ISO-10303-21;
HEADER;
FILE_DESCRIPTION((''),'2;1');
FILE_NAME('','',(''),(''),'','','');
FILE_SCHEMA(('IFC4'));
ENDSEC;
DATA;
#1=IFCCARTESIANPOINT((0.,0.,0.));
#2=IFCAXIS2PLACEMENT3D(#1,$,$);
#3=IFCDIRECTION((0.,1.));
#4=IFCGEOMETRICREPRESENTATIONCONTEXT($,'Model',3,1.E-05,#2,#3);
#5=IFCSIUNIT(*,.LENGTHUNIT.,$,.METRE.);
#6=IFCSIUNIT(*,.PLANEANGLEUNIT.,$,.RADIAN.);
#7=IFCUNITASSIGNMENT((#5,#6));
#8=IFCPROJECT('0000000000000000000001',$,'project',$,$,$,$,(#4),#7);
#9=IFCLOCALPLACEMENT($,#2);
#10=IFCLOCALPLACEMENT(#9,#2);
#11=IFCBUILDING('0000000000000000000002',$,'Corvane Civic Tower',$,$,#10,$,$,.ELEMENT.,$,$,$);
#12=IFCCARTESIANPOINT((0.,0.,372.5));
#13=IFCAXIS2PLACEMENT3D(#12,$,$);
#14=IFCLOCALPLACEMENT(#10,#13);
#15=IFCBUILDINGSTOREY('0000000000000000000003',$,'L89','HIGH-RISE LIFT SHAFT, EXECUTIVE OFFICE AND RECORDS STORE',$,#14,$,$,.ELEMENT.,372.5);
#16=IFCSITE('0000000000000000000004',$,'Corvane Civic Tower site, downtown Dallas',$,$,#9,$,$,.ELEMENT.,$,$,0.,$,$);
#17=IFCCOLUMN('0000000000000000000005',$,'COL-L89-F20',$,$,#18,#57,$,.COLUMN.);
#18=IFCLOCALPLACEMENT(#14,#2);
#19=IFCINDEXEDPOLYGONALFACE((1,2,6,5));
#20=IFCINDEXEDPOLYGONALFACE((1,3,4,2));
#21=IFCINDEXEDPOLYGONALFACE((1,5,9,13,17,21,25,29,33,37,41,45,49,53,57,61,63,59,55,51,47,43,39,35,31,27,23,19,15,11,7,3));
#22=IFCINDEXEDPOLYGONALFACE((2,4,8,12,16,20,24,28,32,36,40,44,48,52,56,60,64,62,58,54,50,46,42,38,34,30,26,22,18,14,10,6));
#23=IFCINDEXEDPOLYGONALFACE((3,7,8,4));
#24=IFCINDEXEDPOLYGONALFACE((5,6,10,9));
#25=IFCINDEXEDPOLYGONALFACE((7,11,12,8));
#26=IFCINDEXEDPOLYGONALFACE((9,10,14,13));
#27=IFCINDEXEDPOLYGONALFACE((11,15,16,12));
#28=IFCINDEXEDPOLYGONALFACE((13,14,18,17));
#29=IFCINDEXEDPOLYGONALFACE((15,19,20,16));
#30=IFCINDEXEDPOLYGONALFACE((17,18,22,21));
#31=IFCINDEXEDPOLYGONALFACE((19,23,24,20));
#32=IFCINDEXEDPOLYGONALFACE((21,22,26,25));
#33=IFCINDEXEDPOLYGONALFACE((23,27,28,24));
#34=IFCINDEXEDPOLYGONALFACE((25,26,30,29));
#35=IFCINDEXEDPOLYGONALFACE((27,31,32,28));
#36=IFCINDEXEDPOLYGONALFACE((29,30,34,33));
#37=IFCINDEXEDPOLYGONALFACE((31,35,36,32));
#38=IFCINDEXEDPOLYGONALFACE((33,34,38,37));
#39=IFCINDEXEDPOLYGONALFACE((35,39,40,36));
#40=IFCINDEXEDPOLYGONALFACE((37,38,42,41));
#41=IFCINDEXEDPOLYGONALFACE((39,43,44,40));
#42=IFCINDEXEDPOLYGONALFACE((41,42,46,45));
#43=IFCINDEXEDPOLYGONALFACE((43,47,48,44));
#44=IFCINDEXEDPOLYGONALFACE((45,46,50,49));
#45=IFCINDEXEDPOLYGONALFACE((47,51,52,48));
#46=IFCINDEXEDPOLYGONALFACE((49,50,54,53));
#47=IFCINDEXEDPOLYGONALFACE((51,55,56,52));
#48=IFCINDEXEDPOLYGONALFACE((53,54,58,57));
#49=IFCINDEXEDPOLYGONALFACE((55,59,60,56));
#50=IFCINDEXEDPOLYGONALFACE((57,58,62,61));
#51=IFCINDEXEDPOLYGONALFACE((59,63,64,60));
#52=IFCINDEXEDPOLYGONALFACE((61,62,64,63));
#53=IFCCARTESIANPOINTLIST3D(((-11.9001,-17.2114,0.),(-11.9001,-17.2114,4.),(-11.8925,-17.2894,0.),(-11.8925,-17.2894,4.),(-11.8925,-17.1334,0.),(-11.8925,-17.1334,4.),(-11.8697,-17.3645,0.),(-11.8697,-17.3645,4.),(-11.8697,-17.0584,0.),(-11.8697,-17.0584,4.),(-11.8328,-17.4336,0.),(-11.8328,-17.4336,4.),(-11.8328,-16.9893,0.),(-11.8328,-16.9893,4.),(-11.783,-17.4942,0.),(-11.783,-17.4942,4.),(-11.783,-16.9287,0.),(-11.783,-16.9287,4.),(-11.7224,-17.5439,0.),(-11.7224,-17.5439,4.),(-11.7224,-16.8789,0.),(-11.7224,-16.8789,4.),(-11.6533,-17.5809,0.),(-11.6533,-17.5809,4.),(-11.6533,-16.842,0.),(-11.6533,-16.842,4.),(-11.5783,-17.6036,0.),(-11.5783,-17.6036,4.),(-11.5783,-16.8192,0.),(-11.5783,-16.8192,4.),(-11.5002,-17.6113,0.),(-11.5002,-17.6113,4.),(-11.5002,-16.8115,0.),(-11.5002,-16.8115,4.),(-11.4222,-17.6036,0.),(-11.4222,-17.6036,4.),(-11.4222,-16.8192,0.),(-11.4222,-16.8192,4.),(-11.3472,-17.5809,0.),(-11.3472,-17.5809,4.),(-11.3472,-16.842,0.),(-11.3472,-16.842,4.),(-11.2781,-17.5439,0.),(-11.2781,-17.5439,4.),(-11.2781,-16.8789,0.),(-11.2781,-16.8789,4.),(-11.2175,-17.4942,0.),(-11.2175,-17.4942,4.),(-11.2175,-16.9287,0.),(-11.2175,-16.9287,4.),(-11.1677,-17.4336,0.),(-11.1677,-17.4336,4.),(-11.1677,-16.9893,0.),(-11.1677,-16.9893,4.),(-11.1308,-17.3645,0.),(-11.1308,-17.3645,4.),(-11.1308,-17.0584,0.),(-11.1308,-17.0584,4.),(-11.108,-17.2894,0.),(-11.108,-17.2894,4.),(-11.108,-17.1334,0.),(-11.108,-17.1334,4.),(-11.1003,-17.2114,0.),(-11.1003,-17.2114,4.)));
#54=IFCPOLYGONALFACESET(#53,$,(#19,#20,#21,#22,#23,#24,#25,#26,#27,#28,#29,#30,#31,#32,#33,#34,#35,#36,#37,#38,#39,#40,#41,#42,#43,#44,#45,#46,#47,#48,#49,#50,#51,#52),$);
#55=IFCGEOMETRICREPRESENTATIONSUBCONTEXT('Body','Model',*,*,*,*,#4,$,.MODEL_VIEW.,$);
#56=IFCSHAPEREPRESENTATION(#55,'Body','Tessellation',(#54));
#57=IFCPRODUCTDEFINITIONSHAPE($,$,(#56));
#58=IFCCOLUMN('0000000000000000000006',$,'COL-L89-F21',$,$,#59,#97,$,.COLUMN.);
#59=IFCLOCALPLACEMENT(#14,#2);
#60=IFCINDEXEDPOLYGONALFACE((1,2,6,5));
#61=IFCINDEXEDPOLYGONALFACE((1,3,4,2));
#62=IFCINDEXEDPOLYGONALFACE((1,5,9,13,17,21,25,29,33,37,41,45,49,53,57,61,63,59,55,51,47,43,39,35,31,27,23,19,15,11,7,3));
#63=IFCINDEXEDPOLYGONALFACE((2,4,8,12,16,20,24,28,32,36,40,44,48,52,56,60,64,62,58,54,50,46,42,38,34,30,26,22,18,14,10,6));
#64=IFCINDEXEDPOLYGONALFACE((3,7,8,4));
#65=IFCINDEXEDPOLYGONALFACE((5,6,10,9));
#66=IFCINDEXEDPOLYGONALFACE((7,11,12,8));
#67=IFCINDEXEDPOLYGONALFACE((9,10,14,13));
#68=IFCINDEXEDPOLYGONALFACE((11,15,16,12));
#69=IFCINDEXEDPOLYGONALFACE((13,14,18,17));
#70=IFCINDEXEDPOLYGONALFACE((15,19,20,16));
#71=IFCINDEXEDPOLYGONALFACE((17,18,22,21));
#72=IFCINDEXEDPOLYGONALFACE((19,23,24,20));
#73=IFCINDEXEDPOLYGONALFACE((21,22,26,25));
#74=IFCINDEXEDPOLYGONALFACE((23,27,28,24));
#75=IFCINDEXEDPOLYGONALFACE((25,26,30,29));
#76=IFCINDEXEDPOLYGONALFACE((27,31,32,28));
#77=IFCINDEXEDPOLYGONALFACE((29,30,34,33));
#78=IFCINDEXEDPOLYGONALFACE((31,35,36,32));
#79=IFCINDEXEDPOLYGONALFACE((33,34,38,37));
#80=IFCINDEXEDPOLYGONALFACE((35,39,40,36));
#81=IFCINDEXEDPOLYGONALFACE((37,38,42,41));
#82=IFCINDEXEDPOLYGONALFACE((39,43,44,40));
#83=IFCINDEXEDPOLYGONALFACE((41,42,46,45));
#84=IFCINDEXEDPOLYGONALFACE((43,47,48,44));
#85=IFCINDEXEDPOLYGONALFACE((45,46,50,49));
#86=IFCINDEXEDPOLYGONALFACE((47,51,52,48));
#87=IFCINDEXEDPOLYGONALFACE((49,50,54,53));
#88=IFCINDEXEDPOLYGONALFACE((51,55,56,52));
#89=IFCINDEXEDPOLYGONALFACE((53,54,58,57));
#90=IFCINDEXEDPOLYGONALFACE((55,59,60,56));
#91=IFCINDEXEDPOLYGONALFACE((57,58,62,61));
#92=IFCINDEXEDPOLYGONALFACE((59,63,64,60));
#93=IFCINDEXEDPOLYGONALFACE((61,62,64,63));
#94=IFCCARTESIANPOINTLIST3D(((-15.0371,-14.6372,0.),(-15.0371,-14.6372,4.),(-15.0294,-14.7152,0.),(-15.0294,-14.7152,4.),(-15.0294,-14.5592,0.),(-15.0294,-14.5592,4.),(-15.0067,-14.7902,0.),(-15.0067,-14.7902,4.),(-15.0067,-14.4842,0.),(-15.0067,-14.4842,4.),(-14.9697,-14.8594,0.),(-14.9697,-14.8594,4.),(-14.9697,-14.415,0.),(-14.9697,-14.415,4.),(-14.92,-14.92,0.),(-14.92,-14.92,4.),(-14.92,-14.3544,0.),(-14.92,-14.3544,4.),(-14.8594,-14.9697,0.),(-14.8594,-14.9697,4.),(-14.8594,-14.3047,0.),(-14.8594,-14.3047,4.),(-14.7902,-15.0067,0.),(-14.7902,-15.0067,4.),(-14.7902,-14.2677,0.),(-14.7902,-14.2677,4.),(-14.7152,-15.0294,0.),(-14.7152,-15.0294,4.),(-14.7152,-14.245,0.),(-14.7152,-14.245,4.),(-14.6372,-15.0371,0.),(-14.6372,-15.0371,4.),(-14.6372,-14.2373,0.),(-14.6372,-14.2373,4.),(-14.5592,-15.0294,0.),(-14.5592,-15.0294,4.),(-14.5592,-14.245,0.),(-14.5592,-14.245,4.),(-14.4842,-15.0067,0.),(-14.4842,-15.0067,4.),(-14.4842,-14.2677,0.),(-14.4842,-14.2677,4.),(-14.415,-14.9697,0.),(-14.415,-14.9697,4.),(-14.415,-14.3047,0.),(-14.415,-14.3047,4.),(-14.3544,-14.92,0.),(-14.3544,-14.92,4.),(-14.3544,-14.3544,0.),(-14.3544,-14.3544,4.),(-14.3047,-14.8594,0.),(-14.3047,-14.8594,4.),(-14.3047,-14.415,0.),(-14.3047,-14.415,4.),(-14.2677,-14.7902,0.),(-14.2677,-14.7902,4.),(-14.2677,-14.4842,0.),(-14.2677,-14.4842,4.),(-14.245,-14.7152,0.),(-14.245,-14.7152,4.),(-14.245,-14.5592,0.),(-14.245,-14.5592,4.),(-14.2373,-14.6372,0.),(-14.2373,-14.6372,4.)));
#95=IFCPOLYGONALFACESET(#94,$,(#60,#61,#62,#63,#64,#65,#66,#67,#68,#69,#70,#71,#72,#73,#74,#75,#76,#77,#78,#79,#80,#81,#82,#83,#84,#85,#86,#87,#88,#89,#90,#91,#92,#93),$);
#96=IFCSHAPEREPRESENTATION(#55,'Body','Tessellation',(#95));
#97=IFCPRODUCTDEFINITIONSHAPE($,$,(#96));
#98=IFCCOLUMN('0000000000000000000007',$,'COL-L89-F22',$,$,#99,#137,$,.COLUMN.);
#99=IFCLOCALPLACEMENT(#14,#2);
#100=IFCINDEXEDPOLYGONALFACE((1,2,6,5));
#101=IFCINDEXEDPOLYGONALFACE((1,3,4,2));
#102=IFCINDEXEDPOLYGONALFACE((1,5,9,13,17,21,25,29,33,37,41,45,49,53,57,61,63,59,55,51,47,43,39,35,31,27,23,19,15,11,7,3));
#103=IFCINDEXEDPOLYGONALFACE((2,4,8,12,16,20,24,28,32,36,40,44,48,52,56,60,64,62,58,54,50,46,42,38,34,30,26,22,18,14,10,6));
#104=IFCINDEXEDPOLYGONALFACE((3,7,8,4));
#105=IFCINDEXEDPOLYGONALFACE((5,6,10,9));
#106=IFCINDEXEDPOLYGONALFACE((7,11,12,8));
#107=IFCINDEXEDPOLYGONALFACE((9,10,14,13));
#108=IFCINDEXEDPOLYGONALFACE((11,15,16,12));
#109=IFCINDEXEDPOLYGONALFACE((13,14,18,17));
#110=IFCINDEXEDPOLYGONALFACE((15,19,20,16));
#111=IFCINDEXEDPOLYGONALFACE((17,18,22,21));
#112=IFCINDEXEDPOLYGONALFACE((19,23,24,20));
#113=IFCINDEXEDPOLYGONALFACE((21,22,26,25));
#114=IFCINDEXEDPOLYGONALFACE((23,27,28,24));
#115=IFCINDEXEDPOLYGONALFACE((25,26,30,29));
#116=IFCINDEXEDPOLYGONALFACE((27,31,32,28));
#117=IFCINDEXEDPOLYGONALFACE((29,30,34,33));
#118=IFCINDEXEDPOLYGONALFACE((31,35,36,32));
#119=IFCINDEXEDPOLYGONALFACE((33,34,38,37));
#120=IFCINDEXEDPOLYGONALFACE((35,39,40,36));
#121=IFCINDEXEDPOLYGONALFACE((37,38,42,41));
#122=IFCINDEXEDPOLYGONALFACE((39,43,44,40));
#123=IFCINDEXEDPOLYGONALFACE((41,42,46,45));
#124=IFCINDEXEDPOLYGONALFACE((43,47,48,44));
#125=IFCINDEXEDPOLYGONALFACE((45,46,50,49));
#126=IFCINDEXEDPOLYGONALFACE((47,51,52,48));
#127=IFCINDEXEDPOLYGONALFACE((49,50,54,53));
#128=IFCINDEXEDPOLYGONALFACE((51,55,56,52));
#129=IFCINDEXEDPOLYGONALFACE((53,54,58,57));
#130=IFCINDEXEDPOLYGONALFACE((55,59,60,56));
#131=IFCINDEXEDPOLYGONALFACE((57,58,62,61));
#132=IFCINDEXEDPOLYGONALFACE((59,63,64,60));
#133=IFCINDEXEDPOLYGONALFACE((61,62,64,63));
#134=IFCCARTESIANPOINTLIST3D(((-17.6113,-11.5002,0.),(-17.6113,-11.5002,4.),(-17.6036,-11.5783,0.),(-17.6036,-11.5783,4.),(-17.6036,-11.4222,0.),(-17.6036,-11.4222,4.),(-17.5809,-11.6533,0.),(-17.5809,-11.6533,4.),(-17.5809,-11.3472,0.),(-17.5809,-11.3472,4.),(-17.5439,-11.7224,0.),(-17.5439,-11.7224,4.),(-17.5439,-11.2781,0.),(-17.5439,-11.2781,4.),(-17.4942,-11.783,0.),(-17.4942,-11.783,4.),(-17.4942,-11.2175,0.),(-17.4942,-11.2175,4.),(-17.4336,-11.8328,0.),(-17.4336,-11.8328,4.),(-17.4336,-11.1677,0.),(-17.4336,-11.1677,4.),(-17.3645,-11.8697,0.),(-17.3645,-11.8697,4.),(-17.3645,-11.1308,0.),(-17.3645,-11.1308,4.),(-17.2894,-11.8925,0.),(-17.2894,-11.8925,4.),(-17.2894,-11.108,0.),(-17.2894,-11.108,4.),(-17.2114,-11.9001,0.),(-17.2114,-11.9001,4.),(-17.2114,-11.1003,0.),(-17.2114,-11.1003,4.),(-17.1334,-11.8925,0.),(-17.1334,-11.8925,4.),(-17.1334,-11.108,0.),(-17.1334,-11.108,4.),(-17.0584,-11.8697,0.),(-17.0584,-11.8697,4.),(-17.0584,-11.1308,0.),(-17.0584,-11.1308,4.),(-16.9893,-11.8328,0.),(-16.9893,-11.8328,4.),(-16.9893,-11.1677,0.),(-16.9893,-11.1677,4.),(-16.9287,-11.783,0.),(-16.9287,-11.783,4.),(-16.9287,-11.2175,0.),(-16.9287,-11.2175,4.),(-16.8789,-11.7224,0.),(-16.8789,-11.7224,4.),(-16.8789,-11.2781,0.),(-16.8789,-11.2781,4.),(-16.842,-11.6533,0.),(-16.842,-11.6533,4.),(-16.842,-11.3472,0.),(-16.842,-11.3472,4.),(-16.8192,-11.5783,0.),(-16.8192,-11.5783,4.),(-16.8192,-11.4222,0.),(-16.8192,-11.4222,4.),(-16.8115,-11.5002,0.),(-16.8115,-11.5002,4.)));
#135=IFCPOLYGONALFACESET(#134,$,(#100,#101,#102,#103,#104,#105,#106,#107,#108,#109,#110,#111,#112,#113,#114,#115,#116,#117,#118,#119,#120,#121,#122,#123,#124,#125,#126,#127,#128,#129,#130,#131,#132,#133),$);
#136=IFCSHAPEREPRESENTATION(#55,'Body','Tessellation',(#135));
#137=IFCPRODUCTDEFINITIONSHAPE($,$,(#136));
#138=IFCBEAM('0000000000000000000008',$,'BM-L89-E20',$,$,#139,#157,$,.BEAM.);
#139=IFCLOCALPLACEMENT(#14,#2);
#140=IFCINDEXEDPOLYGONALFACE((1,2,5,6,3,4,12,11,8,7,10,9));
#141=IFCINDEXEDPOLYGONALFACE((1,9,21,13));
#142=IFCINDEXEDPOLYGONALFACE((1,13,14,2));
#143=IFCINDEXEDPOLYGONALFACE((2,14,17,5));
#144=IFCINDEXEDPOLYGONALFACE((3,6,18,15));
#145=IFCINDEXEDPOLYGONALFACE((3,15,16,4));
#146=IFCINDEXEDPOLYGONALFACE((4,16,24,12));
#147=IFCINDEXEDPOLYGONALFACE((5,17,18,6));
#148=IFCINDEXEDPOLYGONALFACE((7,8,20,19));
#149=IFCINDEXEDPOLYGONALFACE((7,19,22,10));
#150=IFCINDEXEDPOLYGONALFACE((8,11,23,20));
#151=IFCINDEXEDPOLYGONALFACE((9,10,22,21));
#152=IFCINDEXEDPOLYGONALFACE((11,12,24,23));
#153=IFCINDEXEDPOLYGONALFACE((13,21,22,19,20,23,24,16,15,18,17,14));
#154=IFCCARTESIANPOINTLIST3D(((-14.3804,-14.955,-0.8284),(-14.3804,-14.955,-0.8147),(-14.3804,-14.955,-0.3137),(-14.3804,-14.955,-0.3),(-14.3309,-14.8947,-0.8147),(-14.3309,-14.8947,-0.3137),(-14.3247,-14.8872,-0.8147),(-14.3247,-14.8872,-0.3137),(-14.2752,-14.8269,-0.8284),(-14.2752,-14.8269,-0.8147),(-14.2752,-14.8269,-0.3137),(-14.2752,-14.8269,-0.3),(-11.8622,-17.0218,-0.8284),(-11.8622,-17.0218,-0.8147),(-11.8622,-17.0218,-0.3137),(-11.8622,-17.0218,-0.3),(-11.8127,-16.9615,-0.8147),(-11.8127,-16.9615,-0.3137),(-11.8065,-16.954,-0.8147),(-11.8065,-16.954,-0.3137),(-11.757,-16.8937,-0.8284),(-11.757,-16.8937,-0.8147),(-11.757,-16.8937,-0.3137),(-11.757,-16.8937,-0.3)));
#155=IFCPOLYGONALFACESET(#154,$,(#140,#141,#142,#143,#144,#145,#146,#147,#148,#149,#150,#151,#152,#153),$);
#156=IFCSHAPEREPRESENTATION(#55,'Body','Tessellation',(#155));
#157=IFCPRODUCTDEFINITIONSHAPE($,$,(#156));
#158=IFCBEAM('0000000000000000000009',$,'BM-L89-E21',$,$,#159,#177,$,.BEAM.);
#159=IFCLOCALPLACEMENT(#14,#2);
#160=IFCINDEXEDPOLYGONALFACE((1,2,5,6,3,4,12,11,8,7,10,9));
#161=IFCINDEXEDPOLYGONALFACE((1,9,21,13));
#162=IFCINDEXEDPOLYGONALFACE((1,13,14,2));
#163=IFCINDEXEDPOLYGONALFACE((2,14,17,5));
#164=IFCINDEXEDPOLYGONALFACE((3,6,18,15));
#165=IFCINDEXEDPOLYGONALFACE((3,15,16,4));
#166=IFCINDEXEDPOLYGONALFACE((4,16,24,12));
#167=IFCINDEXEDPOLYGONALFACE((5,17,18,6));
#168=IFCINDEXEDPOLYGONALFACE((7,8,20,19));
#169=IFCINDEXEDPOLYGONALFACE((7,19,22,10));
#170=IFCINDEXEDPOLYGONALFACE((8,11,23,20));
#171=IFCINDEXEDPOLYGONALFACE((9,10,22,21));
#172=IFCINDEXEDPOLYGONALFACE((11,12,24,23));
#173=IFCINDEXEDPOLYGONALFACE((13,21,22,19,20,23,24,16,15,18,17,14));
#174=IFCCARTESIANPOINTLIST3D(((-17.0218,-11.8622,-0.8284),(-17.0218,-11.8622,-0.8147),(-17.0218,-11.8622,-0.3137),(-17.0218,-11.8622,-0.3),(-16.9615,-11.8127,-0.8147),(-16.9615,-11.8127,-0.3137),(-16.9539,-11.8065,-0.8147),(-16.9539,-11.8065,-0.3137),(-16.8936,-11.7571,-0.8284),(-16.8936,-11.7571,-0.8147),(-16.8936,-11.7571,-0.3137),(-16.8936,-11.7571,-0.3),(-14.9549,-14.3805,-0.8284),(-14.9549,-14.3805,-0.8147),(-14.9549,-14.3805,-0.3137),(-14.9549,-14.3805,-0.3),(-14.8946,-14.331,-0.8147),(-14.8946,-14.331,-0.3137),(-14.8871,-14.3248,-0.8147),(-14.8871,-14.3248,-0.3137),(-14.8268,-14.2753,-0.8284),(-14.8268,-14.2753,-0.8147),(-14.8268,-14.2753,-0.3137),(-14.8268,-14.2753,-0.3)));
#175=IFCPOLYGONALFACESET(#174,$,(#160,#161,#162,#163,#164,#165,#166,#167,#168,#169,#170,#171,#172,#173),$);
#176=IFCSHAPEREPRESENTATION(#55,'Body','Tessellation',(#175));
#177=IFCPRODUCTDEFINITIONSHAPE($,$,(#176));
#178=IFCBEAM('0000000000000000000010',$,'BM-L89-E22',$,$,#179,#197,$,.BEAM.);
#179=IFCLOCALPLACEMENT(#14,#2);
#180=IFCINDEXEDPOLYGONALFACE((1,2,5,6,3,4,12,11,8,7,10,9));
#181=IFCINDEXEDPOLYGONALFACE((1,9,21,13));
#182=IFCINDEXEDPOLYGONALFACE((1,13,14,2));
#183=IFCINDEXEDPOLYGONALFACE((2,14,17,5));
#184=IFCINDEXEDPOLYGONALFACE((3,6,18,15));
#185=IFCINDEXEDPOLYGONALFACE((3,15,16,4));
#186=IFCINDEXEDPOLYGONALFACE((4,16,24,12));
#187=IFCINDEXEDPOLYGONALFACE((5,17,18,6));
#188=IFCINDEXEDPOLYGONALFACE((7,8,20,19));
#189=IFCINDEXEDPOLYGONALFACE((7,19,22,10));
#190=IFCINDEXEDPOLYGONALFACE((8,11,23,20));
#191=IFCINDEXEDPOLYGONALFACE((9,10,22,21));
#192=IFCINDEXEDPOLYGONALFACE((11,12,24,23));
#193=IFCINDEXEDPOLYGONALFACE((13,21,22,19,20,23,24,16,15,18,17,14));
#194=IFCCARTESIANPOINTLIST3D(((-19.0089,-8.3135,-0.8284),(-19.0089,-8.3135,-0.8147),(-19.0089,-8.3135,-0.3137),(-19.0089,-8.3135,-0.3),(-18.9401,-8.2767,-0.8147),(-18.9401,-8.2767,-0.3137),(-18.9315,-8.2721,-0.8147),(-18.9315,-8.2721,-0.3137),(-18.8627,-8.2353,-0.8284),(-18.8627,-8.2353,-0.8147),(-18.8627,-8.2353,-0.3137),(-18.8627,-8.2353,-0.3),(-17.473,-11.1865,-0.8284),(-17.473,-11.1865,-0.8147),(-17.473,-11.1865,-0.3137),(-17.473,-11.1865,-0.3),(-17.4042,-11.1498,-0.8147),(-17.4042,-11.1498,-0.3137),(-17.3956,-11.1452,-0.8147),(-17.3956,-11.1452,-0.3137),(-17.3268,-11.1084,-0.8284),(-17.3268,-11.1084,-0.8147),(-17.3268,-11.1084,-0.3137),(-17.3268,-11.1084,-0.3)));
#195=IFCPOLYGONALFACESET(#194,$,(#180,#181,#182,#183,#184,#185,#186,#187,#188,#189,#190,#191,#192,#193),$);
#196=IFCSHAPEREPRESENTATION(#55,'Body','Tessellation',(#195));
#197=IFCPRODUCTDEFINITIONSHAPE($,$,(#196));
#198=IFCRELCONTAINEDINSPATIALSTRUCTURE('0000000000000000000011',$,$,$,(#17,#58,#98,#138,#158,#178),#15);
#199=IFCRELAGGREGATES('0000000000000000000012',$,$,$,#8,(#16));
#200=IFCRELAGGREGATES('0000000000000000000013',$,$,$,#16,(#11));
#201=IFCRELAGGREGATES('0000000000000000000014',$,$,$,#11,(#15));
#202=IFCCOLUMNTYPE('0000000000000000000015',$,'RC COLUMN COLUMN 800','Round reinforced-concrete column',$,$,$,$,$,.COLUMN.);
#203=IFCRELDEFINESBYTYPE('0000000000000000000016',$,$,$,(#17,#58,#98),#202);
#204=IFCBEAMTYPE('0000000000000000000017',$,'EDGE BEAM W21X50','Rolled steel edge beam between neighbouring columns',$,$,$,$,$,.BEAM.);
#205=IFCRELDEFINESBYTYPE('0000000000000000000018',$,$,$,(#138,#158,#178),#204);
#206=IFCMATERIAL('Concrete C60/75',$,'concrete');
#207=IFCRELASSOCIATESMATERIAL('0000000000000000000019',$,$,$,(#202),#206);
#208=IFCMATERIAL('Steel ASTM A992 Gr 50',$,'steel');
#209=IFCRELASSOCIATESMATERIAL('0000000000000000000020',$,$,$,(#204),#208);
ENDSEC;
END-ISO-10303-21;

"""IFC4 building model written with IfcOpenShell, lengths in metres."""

from ifc_helpers import new_model, si_unit, direction, frame, origin, origin_2d, place, context, subcontext, project, spatial, circle, i_section, extrude, material, material_profile, profile_set, type_object, element, save


model = new_model("IFC4")

# Units and contexts
model_context = context("Model", 3, precision=1e-05, world=origin(), true_north=direction((0.0, 1.0)))
body_context = subcontext(model_context, "Body", "Model", "MODEL_VIEW")
ifc_project = project(units=[si_unit("LENGTHUNIT", "METRE"), si_unit("PLANEANGLEUNIT", "RADIAN")], contexts=[model_context])

# Site, building, storey
site_placement = place(None, origin())
site = spatial("IfcSite", under=ifc_project, at=site_placement, Name="Corvane Civic Tower site, downtown Dallas", CompositionType="ELEMENT", RefElevation=0.0)
building_placement = place(site_placement, origin())
building = spatial("IfcBuilding", under=site, at=building_placement, Name="Corvane Civic Tower", CompositionType="ELEMENT")
storey_placement = place(building_placement, frame((0.0, 0.0, 372.5)))
storey = spatial("IfcBuildingStorey", under=building, at=storey_placement, Name="L89", Description="HIGH-RISE LIFT SHAFT, EXECUTIVE OFFICE AND RECORDS STORE", CompositionType="ELEMENT", Elevation=372.5)

# Columns
ifc_material_1 = material(Name="Concrete C60/75", Category="concrete")
ifc_material_profile_1 = material_profile(ifc_material_1, circle(Radius=0.3999, at=origin_2d()), Name="COLUMN 800")
ifc_profile_set_1 = profile_set([ifc_material_profile_1], Name="Concrete C60/75")
column_type = type_object("IfcColumnType", Name="RC COLUMN COLUMN 800", Description="Round reinforced-concrete column", PredefinedType="COLUMN", material=ifc_profile_set_1)
for number, where, z_axis, x_axis, name in (
    (1, (-11.5002, -17.2114, 0.0), (0.0, 0.0, 1.0), (1.0, 0.0, 0.0), "COL-L89-F20"),
    (2, (-14.6372, -14.6372, 0.0), (0.0, 0.0, 1.0), (1.0, 0.0, 0.0), "COL-L89-F21"),
    (3, (-17.2114, -11.5002, 0.0), (0.0, 0.0, 1.0), (1.0, 0.0, 0.0), "COL-L89-F22"),
):
    element("IfcColumn", number, at=place(storey_placement, frame(where, z_axis=z_axis, x_axis=x_axis)), inside=storey, type_object=column_type, Name=name, PredefinedType="COLUMN", context=body_context, shape_type="SweptSolid", body=[
        extrude(circle(Radius=0.3999, at=origin_2d()), origin(), (0.0, 0.0, 1.0), 4.0),
    ])

# Beams
ifc_material_2 = material(Name="Steel ASTM A992 Gr 50", Category="steel")
ifc_material_profile_2 = material_profile(ifc_material_2, i_section(OverallWidth=0.1658, OverallDepth=0.5283, WebThickness=0.0098, FlangeThickness=0.0137, at=origin_2d()), Name="W21X50")
ifc_profile_set_2 = profile_set([ifc_material_profile_2], Name="Steel ASTM A992 Gr 50")
beam_type_1 = type_object("IfcBeamType", Name="EDGE BEAM W21X50", Description="Rolled steel edge beam between neighbouring columns", PredefinedType="BEAM", material=ifc_profile_set_2)
for number, where, z_axis, x_axis, name in (
    (4, (-11.8096, -16.9578, -0.5642), (-0.772985, 0.634425, 0.0), (-0.634425, -0.772985, 0.0), "BM-L89-E20"),
    (5, (-14.8909, -14.3279, -0.5642), (-0.634425, 0.772985, 0.0), (-0.772985, -0.634425, 0.0), "BM-L89-E21"),
    (6, (-17.3999, -11.1475, -0.5642), (-0.471448, 0.881894, 0.0), (-0.881894, -0.471448, 0.0), "BM-L89-E22"),
):
    element("IfcBeam", number, at=place(storey_placement, frame(where, z_axis=z_axis, x_axis=x_axis)), inside=storey, type_object=beam_type_1, Name=name, PredefinedType="BEAM", context=body_context, shape_type="SweptSolid", body=[
        extrude(i_section(OverallWidth=0.1658, OverallDepth=0.5283, WebThickness=0.0098, FlangeThickness=0.0137, at=origin_2d()), origin(), (0.0, 0.0, 1.0), 3.2578),
    ])

save(model, "model.ifc")
